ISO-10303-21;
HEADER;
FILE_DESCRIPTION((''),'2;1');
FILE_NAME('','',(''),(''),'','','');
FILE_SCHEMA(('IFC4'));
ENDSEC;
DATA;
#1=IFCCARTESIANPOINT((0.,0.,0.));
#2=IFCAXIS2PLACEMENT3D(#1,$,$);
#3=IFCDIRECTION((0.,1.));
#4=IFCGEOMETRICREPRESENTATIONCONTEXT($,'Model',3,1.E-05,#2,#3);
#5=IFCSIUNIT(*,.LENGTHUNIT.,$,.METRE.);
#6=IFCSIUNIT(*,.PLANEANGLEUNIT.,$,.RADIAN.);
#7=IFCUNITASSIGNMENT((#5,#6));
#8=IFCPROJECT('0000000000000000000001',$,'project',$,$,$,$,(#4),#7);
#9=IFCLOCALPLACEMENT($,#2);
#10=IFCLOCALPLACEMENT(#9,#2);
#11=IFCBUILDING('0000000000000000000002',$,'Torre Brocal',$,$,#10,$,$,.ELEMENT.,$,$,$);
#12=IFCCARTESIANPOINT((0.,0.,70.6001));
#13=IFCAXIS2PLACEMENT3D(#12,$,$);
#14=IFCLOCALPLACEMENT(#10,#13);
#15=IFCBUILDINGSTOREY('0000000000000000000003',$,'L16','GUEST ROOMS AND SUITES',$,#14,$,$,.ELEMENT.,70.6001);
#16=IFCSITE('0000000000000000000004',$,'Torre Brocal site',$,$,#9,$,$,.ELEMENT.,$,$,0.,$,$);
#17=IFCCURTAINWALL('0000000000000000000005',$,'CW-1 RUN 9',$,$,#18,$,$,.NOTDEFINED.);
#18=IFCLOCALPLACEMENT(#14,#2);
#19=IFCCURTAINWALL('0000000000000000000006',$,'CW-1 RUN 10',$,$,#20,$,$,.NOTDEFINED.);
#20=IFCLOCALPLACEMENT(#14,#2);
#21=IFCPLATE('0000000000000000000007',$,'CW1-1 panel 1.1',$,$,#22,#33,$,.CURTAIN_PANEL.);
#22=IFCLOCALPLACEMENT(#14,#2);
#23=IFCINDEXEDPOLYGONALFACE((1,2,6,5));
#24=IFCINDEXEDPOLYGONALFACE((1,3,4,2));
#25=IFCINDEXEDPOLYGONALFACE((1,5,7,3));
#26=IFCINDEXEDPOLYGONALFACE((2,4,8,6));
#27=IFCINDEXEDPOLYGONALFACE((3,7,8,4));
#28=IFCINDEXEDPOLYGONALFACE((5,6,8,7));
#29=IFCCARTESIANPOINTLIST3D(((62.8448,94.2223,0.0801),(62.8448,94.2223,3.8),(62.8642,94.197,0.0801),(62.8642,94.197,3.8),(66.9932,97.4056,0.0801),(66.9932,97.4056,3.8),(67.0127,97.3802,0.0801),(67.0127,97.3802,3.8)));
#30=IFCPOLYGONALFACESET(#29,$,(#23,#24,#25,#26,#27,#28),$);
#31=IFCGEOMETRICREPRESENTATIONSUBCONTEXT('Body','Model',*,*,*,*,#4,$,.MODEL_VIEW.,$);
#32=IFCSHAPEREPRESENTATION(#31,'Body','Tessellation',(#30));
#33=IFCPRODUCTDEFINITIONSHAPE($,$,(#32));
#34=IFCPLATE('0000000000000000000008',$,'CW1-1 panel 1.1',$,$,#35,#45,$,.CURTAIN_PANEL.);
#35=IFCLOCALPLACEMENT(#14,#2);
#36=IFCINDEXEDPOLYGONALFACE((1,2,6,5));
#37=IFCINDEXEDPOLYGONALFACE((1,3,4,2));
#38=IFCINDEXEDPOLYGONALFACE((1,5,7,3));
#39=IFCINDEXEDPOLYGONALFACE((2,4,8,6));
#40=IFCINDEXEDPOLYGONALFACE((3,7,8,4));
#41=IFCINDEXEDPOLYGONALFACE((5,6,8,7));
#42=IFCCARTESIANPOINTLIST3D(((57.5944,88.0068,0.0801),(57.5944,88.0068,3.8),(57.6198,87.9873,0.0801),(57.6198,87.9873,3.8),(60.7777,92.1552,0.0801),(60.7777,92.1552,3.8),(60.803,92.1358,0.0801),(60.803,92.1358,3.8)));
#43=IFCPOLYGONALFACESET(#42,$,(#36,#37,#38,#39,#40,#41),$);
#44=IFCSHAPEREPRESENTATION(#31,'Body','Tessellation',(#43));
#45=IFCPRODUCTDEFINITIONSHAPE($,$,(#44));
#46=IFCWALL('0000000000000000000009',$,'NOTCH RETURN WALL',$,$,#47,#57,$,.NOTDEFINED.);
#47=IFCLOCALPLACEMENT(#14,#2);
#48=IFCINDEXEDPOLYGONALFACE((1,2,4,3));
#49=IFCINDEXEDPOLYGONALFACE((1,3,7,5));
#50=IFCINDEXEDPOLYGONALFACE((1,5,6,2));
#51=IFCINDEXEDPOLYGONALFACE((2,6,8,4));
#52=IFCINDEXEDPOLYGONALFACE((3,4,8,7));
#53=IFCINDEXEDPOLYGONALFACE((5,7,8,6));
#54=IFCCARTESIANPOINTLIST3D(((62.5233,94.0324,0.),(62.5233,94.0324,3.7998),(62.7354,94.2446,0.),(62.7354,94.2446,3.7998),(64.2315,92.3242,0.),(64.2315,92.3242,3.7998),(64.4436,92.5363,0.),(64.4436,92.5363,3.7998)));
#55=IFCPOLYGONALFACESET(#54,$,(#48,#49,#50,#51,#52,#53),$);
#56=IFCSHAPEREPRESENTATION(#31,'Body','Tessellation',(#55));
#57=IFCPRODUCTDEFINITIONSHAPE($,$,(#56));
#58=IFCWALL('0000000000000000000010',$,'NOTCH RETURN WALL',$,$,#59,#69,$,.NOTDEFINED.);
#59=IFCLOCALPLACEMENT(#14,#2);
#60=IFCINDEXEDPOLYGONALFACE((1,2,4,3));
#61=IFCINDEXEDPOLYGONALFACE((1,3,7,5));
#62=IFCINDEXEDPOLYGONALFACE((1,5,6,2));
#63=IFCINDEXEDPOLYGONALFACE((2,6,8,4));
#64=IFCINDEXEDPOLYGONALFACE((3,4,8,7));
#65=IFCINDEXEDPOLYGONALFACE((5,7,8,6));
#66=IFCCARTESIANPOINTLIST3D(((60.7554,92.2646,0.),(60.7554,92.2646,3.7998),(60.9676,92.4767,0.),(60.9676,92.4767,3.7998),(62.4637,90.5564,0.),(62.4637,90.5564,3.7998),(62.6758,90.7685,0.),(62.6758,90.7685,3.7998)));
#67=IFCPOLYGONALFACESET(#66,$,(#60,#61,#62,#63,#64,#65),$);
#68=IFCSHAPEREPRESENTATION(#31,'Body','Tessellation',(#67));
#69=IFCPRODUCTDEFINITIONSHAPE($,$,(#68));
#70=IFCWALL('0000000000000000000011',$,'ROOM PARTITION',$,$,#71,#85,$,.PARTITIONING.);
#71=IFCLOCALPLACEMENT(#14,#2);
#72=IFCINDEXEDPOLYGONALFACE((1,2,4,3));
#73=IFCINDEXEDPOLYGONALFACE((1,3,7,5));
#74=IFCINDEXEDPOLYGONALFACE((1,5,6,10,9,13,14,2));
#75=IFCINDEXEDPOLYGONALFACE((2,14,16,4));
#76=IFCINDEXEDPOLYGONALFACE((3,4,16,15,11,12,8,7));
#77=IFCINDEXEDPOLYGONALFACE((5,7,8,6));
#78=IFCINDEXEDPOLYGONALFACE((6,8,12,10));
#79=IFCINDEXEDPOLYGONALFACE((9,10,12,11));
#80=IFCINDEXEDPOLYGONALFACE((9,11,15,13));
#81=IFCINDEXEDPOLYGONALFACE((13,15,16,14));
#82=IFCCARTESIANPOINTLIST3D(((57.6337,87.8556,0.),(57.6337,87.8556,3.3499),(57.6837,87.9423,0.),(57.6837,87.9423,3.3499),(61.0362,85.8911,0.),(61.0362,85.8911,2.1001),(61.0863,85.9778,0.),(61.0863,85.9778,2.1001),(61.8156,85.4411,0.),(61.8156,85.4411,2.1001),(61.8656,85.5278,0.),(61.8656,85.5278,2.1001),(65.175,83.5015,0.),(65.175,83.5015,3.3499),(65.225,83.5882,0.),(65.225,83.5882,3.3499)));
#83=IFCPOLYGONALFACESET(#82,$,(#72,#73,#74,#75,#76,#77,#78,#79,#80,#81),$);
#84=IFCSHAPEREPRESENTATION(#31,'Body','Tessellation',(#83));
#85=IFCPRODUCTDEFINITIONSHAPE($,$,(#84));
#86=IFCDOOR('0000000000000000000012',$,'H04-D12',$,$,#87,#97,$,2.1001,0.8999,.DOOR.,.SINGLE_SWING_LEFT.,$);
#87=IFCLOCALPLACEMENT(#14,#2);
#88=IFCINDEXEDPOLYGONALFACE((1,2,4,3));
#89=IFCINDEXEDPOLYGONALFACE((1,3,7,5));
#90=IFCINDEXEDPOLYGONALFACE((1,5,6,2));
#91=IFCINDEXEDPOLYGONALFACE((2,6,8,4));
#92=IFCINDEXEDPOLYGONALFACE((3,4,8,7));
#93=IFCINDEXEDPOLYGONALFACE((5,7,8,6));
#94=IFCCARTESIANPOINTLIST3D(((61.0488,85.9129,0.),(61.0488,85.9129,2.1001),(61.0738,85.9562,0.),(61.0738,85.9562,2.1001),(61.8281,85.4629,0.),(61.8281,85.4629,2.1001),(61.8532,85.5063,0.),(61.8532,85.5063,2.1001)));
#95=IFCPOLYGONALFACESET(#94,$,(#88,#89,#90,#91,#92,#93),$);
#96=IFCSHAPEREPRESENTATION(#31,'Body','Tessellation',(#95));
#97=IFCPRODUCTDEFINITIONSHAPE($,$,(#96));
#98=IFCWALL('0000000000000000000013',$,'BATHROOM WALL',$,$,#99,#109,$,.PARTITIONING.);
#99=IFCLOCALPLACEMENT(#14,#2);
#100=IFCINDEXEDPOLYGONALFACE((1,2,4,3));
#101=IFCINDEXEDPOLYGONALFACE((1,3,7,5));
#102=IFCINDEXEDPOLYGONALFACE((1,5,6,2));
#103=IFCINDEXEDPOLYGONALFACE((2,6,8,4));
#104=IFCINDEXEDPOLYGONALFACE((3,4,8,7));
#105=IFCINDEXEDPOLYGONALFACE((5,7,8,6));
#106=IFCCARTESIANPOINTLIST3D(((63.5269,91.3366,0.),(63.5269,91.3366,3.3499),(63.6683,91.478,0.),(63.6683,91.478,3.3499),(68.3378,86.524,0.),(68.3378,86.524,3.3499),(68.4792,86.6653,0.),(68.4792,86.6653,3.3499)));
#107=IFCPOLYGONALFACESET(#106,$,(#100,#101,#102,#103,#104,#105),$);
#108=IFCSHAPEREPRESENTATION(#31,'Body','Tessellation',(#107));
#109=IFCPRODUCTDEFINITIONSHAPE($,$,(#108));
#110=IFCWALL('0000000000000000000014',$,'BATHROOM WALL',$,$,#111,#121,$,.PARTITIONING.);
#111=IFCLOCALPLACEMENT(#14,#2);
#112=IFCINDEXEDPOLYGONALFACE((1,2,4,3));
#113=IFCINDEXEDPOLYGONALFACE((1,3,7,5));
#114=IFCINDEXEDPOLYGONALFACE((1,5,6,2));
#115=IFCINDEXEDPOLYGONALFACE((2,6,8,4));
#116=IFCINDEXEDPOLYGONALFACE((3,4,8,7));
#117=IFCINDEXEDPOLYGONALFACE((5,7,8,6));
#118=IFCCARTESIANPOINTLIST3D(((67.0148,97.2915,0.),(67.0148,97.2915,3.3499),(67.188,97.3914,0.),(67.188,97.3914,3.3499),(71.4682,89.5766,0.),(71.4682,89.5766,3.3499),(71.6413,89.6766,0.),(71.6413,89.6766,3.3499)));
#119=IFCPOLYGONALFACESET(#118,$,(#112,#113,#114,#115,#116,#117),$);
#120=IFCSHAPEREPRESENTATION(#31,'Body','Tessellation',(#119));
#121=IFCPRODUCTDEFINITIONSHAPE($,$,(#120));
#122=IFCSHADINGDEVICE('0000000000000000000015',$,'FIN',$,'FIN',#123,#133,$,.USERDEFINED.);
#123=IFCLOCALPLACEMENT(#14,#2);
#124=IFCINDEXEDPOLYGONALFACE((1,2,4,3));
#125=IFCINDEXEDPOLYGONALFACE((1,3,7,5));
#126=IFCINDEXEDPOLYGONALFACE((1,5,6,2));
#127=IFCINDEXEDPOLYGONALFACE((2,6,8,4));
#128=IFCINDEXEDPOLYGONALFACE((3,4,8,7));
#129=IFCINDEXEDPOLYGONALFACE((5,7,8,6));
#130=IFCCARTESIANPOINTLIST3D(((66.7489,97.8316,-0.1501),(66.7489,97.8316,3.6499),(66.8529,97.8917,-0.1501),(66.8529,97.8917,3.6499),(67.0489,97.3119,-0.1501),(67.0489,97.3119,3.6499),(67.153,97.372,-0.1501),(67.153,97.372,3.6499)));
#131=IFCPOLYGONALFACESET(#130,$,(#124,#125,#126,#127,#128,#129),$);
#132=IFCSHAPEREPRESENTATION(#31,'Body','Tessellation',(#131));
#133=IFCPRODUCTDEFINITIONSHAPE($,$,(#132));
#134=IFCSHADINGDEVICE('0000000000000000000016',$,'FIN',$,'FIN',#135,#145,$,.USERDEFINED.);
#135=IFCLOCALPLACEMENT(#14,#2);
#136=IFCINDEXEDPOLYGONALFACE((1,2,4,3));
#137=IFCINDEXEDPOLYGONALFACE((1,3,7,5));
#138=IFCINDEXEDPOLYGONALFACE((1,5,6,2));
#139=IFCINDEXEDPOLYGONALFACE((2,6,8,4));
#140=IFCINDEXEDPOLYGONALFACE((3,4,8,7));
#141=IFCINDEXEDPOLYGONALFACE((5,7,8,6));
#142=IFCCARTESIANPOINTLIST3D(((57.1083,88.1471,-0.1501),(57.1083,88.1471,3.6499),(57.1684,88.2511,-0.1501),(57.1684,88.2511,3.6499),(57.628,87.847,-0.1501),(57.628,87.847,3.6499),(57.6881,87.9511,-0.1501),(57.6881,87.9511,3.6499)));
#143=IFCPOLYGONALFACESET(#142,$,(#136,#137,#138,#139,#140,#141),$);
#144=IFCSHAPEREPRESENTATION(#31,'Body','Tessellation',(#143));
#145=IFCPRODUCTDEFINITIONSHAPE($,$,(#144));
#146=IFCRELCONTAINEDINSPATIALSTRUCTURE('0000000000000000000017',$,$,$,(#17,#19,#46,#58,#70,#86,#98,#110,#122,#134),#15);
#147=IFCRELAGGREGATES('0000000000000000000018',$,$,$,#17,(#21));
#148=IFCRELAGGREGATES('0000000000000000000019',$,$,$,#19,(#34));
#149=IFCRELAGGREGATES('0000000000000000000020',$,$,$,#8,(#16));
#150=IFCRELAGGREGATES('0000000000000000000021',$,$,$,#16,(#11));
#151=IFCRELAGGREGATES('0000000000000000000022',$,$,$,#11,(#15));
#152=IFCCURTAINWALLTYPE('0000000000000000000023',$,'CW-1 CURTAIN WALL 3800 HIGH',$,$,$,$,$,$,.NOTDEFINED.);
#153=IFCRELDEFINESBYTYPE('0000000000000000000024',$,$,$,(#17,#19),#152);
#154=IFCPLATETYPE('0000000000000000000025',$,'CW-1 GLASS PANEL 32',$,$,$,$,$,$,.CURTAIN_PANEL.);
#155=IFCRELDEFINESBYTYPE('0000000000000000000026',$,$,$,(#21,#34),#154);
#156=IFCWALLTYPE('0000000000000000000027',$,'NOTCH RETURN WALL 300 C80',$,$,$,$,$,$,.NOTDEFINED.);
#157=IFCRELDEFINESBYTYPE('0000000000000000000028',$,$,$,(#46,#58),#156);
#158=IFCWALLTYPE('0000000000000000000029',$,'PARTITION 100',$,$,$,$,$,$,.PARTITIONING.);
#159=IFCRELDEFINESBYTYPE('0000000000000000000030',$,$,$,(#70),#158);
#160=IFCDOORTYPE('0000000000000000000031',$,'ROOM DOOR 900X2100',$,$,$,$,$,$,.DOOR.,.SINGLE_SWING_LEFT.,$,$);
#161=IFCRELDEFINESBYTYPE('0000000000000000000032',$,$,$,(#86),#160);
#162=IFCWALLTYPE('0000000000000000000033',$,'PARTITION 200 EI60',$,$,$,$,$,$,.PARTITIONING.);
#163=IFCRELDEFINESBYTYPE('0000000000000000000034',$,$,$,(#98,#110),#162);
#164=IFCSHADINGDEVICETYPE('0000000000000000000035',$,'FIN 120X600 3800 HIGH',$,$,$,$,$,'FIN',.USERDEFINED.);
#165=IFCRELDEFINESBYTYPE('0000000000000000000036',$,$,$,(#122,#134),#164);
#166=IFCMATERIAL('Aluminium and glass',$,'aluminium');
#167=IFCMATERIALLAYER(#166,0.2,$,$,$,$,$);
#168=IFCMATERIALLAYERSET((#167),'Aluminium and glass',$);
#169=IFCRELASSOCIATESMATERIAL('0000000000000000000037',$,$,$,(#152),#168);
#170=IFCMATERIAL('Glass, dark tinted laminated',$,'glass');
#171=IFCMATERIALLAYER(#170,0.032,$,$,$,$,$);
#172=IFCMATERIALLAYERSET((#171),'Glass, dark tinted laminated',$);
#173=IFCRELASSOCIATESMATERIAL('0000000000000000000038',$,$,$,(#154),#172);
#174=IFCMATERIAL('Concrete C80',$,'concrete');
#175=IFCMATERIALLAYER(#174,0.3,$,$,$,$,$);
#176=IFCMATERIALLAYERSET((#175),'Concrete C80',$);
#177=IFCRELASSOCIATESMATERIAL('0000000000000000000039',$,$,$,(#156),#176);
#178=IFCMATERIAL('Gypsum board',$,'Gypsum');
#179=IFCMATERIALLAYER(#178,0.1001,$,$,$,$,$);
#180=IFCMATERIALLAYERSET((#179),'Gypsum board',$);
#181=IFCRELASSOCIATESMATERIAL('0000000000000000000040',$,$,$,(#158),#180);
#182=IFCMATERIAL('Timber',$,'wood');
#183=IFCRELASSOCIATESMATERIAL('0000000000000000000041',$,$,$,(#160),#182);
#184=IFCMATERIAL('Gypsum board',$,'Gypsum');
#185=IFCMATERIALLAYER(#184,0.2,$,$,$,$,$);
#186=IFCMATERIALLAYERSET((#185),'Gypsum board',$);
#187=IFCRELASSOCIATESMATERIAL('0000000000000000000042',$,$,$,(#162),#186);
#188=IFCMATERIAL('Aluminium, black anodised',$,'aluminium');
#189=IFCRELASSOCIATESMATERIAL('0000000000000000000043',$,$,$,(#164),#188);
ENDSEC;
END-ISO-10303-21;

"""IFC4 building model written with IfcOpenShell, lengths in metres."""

from ifc_helpers import new_model, si_unit, direction, frame, frame_2d, origin, origin_2d, place, context, subcontext, project, spatial, rectangle, extrude, material, layer, layer_set, material_profile, profile_set, type_object, element, fill, aggregate, save


model = new_model("IFC4")

# Units and contexts
model_context = context("Model", 3, precision=1e-05, world=origin(), true_north=direction((0.0, 1.0)))
body_context = subcontext(model_context, "Body", "Model", "MODEL_VIEW")
ifc_project = project(units=[si_unit("LENGTHUNIT", "METRE"), si_unit("PLANEANGLEUNIT", "RADIAN")], contexts=[model_context])

# Site, building, storey
site_placement = place(None, origin())
site = spatial("IfcSite", under=ifc_project, at=site_placement, Name="Torre Brocal site", CompositionType="ELEMENT", RefElevation=0.0)
building_placement = place(site_placement, origin())
building = spatial("IfcBuilding", under=site, at=building_placement, Name="Torre Brocal", CompositionType="ELEMENT")
storey_placement = place(building_placement, frame((0.0, 0.0, 70.6001)))
storey = spatial("IfcBuildingStorey", under=building, at=storey_placement, Name="L16", Description="GUEST ROOMS AND SUITES", CompositionType="ELEMENT", Elevation=70.6001)

# Shared definitions
ifc_material_1 = material(Name="Aluminium and glass", Category="aluminium")
ifc_layer_1 = layer(ifc_material_1, 0.2)
ifc_layer_set_1 = layer_set([ifc_layer_1], Name="Aluminium and glass")
curtain_wall_type = type_object("IfcCurtainWallType", Name="CW-1 CURTAIN WALL 3800 HIGH", PredefinedType="NOTDEFINED", material=ifc_layer_set_1)

# Curtain walls
curtain_wall_1_placement = place(storey_placement, origin())
curtain_wall_1 = element("IfcCurtainWall", 1, at=curtain_wall_1_placement, inside=storey, type_object=curtain_wall_type, Name="CW-1 RUN 9", PredefinedType="NOTDEFINED")
curtain_wall_2_placement = place(storey_placement, origin())
curtain_wall_2 = element("IfcCurtainWall", 2, at=curtain_wall_2_placement, inside=storey, type_object=curtain_wall_type, Name="CW-1 RUN 10", PredefinedType="NOTDEFINED")

# Plates
ifc_material_2 = material(Name="Glass, dark tinted laminated", Category="glass")
ifc_layer_2 = layer(ifc_material_2, 0.032)
ifc_layer_set_2 = layer_set([ifc_layer_2], Name="Glass, dark tinted laminated")
plate_type = type_object("IfcPlateType", Name="CW-1 GLASS PANEL 32", PredefinedType="CURTAIN_PANEL", material=ifc_layer_set_2)
plate_1_placement = place(storey_placement, frame((64.9287, 95.8013, 0.0801), z_axis=(0.0, 0.0, 1.0), x_axis=(-0.793353, -0.608761, 0.0)))
plate_1 = element("IfcPlate", 3, at=plate_1_placement, type_object=plate_type, Name="CW1-1 panel 1.1", PredefinedType="CURTAIN_PANEL", context=body_context, shape_type="SweptSolid", body=[
    extrude(rectangle(XDim=5.229, YDim=0.032, at=origin_2d()), origin(), (0.0, 0.0, 1.0), 3.72),
])
aggregate(curtain_wall_1, [plate_1])
plate_2_placement = place(storey_placement, frame((59.1987, 90.0713, 0.0801), z_axis=(0.0, 0.0, 1.0), x_axis=(-0.608761, -0.793353, 0.0)))
plate_2 = element("IfcPlate", 4, at=plate_2_placement, type_object=plate_type, Name="CW1-1 panel 1.1", PredefinedType="CURTAIN_PANEL", context=body_context, shape_type="SweptSolid", body=[
    extrude(rectangle(XDim=5.229, YDim=0.032, at=origin_2d()), origin(), (0.0, 0.0, 1.0), 3.72),
])
aggregate(curtain_wall_2, [plate_2])

# Walls
ifc_material_3 = material(Name="Concrete C80", Category="concrete")
ifc_layer_3 = layer(ifc_material_3, 0.3)
ifc_layer_set_3 = layer_set([ifc_layer_3], Name="Concrete C80")
wall_type_1 = type_object("IfcWallType", Name="NOTCH RETURN WALL 300 C80", PredefinedType="NOTDEFINED", material=ifc_layer_set_3)
for number, where, z_axis, x_axis, name in (
    (5, (64.3376, 92.4302, 0.0), (0.0, 0.0, 1.0), (-0.707107, 0.707107, 0.0), "NOTCH RETURN WALL"),
    (6, (62.5698, 90.6624, 0.0), (0.0, 0.0, 1.0), (-0.707107, 0.707107, 0.0), "NOTCH RETURN WALL"),
):
    element("IfcWall", number, at=place(storey_placement, frame(where, z_axis=z_axis, x_axis=x_axis)), inside=storey, type_object=wall_type_1, Name=name, PredefinedType="NOTDEFINED", context=body_context, shape_type="SweptSolid", body=[
        extrude(rectangle(XDim=2.4158, YDim=0.3, at=frame_2d((1.208, 0.0))), origin(), (0.0, 0.0, 1.0), 3.7998),
    ])

# Wall, opening, door
ifc_material_4 = material(Name="Gypsum board", Category="Gypsum")
ifc_layer_4 = layer(ifc_material_4, 0.1001)
ifc_layer_set_4 = layer_set([ifc_layer_4], Name="Gypsum board")
wall_type_2 = type_object("IfcWallType", Name="PARTITION 100", PredefinedType="PARTITIONING", material=ifc_layer_set_4)
wall_1_placement = place(storey_placement, frame((57.6587, 87.8989, 0.0), z_axis=(0.0, 0.0, 1.0), x_axis=(0.866023, -0.500005, 0.0)))
wall_1 = element("IfcWall", 7, at=wall_1_placement, inside=storey, type_object=wall_type_2, Name="ROOM PARTITION", PredefinedType="PARTITIONING", context=body_context, shape_type="SweptSolid", body=[
    extrude(rectangle(XDim=8.708, YDim=0.1001, at=frame_2d((4.354, 0.0))), origin(), (0.0, 0.0, 1.0), 3.3499),
])
opening_placement = place(wall_1_placement, frame((3.929, 0.0, 0.0)))
opening = element("IfcOpeningElement", 8, at=opening_placement, cuts=wall_1, PredefinedType="OPENING", context=body_context, shape_type="SweptSolid", body=[
    extrude(rectangle(XDim=0.8999, YDim=2.1001, at=frame_2d((0.45, 1.05))), frame((0.0, 0.0601, 0.0), z_axis=(0.0, -1.0, 0.0), x_axis=(1.0, 0.0, 0.0)), (0.0, 0.0, 1.0), 0.1201),
])
ifc_material_5 = material(Name="Timber", Category="wood")
door_type = type_object("IfcDoorType", Name="ROOM DOOR 900X2100", OperationType="SINGLE_SWING_LEFT", PredefinedType="DOOR", material=ifc_material_5)
door_placement = place(opening_placement, frame((0.8999, 0.0, 0.0), z_axis=(0.0, 0.0, 1.0), x_axis=(-1.0, 0.0, 0.0)))
door = element("IfcDoor", 9, at=door_placement, inside=storey, type_object=door_type, Name="H04-D12", OperationType="SINGLE_SWING_LEFT", OverallHeight=2.1001, OverallWidth=0.8999, PredefinedType="DOOR", context=body_context, shape_type="SweptSolid", body=[
    extrude(rectangle(XDim=0.8999, YDim=2.1001, at=frame_2d((0.45, 1.05))), frame((0.0, 0.0249, 0.0), z_axis=(0.0, -1.0, 0.0), x_axis=(1.0, 0.0, 0.0)), (0.0, 0.0, 1.0), 0.05),
])
fill(opening, door)

# Walls
ifc_material_6 = material(Name="Gypsum board", Category="Gypsum")
ifc_layer_5 = layer(ifc_material_6, 0.2)
ifc_layer_set_5 = layer_set([ifc_layer_5], Name="Gypsum board")
wall_type_3 = type_object("IfcWallType", Name="PARTITION 200 EI60", PredefinedType="PARTITIONING", material=ifc_layer_set_5)
wall_2_placement = place(storey_placement, frame((63.5977, 91.4072, 0.0), z_axis=(0.0, 0.0, 1.0), x_axis=(0.706981, -0.707232, 0.0)))
element("IfcWall", 10, at=wall_2_placement, inside=storey, type_object=wall_type_3, Name="BATHROOM WALL", PredefinedType="PARTITIONING", context=body_context, shape_type="SweptSolid", body=[
    extrude(rectangle(XDim=6.8049, YDim=0.2, at=frame_2d((3.4023, 0.0))), origin(), (0.0, 0.0, 1.0), 3.3499),
])
wall_3_placement = place(storey_placement, frame((67.1013, 97.3416, 0.0), z_axis=(0.0, 0.0, 1.0), x_axis=(0.499933, -0.866064, 0.0)))
element("IfcWall", 11, at=wall_3_placement, inside=storey, type_object=wall_type_3, Name="BATHROOM WALL", PredefinedType="PARTITIONING", context=body_context, shape_type="SweptSolid", body=[
    extrude(rectangle(XDim=8.908, YDim=0.2, at=frame_2d((4.4541, 0.0))), origin(), (0.0, 0.0, 1.0), 3.3499),
])

# Shading devices
ifc_material_7 = material(Name="Aluminium, black anodised", Category="aluminium")
ifc_material_profile_1 = material_profile(ifc_material_7, rectangle(XDim=0.1201, YDim=0.6001, at=origin_2d()), Name="FIN 120X600 3800 HIGH")
ifc_profile_set_1 = profile_set([ifc_material_profile_1], Name="Aluminium, black anodised")
shading_device_type = type_object("IfcShadingDeviceType", Name="FIN 120X600 3800 HIGH", ElementType="FIN", PredefinedType="USERDEFINED", material=ifc_profile_set_1)
for number, where, z_axis, x_axis, name in (
    (12, (66.9509, 97.6018, -0.1501), (0.0, 0.0, 1.0), (-0.866025, -0.5, 0.0), "FIN"),
    (13, (57.3982, 88.0491, -0.1501), (0.0, 0.0, 1.0), (-0.5, -0.866025, 0.0), "FIN"),
):
    element("IfcShadingDevice", number, at=place(storey_placement, frame(where, z_axis=z_axis, x_axis=x_axis)), inside=storey, type_object=shading_device_type, Name=name, ObjectType="FIN", PredefinedType="USERDEFINED", context=body_context, shape_type="SweptSolid", body=[
        extrude(rectangle(XDim=0.1201, YDim=0.6001, at=origin_2d()), origin(), (0.0, 0.0, 1.0), 3.8),
    ])

save(model, "model.ifc")
